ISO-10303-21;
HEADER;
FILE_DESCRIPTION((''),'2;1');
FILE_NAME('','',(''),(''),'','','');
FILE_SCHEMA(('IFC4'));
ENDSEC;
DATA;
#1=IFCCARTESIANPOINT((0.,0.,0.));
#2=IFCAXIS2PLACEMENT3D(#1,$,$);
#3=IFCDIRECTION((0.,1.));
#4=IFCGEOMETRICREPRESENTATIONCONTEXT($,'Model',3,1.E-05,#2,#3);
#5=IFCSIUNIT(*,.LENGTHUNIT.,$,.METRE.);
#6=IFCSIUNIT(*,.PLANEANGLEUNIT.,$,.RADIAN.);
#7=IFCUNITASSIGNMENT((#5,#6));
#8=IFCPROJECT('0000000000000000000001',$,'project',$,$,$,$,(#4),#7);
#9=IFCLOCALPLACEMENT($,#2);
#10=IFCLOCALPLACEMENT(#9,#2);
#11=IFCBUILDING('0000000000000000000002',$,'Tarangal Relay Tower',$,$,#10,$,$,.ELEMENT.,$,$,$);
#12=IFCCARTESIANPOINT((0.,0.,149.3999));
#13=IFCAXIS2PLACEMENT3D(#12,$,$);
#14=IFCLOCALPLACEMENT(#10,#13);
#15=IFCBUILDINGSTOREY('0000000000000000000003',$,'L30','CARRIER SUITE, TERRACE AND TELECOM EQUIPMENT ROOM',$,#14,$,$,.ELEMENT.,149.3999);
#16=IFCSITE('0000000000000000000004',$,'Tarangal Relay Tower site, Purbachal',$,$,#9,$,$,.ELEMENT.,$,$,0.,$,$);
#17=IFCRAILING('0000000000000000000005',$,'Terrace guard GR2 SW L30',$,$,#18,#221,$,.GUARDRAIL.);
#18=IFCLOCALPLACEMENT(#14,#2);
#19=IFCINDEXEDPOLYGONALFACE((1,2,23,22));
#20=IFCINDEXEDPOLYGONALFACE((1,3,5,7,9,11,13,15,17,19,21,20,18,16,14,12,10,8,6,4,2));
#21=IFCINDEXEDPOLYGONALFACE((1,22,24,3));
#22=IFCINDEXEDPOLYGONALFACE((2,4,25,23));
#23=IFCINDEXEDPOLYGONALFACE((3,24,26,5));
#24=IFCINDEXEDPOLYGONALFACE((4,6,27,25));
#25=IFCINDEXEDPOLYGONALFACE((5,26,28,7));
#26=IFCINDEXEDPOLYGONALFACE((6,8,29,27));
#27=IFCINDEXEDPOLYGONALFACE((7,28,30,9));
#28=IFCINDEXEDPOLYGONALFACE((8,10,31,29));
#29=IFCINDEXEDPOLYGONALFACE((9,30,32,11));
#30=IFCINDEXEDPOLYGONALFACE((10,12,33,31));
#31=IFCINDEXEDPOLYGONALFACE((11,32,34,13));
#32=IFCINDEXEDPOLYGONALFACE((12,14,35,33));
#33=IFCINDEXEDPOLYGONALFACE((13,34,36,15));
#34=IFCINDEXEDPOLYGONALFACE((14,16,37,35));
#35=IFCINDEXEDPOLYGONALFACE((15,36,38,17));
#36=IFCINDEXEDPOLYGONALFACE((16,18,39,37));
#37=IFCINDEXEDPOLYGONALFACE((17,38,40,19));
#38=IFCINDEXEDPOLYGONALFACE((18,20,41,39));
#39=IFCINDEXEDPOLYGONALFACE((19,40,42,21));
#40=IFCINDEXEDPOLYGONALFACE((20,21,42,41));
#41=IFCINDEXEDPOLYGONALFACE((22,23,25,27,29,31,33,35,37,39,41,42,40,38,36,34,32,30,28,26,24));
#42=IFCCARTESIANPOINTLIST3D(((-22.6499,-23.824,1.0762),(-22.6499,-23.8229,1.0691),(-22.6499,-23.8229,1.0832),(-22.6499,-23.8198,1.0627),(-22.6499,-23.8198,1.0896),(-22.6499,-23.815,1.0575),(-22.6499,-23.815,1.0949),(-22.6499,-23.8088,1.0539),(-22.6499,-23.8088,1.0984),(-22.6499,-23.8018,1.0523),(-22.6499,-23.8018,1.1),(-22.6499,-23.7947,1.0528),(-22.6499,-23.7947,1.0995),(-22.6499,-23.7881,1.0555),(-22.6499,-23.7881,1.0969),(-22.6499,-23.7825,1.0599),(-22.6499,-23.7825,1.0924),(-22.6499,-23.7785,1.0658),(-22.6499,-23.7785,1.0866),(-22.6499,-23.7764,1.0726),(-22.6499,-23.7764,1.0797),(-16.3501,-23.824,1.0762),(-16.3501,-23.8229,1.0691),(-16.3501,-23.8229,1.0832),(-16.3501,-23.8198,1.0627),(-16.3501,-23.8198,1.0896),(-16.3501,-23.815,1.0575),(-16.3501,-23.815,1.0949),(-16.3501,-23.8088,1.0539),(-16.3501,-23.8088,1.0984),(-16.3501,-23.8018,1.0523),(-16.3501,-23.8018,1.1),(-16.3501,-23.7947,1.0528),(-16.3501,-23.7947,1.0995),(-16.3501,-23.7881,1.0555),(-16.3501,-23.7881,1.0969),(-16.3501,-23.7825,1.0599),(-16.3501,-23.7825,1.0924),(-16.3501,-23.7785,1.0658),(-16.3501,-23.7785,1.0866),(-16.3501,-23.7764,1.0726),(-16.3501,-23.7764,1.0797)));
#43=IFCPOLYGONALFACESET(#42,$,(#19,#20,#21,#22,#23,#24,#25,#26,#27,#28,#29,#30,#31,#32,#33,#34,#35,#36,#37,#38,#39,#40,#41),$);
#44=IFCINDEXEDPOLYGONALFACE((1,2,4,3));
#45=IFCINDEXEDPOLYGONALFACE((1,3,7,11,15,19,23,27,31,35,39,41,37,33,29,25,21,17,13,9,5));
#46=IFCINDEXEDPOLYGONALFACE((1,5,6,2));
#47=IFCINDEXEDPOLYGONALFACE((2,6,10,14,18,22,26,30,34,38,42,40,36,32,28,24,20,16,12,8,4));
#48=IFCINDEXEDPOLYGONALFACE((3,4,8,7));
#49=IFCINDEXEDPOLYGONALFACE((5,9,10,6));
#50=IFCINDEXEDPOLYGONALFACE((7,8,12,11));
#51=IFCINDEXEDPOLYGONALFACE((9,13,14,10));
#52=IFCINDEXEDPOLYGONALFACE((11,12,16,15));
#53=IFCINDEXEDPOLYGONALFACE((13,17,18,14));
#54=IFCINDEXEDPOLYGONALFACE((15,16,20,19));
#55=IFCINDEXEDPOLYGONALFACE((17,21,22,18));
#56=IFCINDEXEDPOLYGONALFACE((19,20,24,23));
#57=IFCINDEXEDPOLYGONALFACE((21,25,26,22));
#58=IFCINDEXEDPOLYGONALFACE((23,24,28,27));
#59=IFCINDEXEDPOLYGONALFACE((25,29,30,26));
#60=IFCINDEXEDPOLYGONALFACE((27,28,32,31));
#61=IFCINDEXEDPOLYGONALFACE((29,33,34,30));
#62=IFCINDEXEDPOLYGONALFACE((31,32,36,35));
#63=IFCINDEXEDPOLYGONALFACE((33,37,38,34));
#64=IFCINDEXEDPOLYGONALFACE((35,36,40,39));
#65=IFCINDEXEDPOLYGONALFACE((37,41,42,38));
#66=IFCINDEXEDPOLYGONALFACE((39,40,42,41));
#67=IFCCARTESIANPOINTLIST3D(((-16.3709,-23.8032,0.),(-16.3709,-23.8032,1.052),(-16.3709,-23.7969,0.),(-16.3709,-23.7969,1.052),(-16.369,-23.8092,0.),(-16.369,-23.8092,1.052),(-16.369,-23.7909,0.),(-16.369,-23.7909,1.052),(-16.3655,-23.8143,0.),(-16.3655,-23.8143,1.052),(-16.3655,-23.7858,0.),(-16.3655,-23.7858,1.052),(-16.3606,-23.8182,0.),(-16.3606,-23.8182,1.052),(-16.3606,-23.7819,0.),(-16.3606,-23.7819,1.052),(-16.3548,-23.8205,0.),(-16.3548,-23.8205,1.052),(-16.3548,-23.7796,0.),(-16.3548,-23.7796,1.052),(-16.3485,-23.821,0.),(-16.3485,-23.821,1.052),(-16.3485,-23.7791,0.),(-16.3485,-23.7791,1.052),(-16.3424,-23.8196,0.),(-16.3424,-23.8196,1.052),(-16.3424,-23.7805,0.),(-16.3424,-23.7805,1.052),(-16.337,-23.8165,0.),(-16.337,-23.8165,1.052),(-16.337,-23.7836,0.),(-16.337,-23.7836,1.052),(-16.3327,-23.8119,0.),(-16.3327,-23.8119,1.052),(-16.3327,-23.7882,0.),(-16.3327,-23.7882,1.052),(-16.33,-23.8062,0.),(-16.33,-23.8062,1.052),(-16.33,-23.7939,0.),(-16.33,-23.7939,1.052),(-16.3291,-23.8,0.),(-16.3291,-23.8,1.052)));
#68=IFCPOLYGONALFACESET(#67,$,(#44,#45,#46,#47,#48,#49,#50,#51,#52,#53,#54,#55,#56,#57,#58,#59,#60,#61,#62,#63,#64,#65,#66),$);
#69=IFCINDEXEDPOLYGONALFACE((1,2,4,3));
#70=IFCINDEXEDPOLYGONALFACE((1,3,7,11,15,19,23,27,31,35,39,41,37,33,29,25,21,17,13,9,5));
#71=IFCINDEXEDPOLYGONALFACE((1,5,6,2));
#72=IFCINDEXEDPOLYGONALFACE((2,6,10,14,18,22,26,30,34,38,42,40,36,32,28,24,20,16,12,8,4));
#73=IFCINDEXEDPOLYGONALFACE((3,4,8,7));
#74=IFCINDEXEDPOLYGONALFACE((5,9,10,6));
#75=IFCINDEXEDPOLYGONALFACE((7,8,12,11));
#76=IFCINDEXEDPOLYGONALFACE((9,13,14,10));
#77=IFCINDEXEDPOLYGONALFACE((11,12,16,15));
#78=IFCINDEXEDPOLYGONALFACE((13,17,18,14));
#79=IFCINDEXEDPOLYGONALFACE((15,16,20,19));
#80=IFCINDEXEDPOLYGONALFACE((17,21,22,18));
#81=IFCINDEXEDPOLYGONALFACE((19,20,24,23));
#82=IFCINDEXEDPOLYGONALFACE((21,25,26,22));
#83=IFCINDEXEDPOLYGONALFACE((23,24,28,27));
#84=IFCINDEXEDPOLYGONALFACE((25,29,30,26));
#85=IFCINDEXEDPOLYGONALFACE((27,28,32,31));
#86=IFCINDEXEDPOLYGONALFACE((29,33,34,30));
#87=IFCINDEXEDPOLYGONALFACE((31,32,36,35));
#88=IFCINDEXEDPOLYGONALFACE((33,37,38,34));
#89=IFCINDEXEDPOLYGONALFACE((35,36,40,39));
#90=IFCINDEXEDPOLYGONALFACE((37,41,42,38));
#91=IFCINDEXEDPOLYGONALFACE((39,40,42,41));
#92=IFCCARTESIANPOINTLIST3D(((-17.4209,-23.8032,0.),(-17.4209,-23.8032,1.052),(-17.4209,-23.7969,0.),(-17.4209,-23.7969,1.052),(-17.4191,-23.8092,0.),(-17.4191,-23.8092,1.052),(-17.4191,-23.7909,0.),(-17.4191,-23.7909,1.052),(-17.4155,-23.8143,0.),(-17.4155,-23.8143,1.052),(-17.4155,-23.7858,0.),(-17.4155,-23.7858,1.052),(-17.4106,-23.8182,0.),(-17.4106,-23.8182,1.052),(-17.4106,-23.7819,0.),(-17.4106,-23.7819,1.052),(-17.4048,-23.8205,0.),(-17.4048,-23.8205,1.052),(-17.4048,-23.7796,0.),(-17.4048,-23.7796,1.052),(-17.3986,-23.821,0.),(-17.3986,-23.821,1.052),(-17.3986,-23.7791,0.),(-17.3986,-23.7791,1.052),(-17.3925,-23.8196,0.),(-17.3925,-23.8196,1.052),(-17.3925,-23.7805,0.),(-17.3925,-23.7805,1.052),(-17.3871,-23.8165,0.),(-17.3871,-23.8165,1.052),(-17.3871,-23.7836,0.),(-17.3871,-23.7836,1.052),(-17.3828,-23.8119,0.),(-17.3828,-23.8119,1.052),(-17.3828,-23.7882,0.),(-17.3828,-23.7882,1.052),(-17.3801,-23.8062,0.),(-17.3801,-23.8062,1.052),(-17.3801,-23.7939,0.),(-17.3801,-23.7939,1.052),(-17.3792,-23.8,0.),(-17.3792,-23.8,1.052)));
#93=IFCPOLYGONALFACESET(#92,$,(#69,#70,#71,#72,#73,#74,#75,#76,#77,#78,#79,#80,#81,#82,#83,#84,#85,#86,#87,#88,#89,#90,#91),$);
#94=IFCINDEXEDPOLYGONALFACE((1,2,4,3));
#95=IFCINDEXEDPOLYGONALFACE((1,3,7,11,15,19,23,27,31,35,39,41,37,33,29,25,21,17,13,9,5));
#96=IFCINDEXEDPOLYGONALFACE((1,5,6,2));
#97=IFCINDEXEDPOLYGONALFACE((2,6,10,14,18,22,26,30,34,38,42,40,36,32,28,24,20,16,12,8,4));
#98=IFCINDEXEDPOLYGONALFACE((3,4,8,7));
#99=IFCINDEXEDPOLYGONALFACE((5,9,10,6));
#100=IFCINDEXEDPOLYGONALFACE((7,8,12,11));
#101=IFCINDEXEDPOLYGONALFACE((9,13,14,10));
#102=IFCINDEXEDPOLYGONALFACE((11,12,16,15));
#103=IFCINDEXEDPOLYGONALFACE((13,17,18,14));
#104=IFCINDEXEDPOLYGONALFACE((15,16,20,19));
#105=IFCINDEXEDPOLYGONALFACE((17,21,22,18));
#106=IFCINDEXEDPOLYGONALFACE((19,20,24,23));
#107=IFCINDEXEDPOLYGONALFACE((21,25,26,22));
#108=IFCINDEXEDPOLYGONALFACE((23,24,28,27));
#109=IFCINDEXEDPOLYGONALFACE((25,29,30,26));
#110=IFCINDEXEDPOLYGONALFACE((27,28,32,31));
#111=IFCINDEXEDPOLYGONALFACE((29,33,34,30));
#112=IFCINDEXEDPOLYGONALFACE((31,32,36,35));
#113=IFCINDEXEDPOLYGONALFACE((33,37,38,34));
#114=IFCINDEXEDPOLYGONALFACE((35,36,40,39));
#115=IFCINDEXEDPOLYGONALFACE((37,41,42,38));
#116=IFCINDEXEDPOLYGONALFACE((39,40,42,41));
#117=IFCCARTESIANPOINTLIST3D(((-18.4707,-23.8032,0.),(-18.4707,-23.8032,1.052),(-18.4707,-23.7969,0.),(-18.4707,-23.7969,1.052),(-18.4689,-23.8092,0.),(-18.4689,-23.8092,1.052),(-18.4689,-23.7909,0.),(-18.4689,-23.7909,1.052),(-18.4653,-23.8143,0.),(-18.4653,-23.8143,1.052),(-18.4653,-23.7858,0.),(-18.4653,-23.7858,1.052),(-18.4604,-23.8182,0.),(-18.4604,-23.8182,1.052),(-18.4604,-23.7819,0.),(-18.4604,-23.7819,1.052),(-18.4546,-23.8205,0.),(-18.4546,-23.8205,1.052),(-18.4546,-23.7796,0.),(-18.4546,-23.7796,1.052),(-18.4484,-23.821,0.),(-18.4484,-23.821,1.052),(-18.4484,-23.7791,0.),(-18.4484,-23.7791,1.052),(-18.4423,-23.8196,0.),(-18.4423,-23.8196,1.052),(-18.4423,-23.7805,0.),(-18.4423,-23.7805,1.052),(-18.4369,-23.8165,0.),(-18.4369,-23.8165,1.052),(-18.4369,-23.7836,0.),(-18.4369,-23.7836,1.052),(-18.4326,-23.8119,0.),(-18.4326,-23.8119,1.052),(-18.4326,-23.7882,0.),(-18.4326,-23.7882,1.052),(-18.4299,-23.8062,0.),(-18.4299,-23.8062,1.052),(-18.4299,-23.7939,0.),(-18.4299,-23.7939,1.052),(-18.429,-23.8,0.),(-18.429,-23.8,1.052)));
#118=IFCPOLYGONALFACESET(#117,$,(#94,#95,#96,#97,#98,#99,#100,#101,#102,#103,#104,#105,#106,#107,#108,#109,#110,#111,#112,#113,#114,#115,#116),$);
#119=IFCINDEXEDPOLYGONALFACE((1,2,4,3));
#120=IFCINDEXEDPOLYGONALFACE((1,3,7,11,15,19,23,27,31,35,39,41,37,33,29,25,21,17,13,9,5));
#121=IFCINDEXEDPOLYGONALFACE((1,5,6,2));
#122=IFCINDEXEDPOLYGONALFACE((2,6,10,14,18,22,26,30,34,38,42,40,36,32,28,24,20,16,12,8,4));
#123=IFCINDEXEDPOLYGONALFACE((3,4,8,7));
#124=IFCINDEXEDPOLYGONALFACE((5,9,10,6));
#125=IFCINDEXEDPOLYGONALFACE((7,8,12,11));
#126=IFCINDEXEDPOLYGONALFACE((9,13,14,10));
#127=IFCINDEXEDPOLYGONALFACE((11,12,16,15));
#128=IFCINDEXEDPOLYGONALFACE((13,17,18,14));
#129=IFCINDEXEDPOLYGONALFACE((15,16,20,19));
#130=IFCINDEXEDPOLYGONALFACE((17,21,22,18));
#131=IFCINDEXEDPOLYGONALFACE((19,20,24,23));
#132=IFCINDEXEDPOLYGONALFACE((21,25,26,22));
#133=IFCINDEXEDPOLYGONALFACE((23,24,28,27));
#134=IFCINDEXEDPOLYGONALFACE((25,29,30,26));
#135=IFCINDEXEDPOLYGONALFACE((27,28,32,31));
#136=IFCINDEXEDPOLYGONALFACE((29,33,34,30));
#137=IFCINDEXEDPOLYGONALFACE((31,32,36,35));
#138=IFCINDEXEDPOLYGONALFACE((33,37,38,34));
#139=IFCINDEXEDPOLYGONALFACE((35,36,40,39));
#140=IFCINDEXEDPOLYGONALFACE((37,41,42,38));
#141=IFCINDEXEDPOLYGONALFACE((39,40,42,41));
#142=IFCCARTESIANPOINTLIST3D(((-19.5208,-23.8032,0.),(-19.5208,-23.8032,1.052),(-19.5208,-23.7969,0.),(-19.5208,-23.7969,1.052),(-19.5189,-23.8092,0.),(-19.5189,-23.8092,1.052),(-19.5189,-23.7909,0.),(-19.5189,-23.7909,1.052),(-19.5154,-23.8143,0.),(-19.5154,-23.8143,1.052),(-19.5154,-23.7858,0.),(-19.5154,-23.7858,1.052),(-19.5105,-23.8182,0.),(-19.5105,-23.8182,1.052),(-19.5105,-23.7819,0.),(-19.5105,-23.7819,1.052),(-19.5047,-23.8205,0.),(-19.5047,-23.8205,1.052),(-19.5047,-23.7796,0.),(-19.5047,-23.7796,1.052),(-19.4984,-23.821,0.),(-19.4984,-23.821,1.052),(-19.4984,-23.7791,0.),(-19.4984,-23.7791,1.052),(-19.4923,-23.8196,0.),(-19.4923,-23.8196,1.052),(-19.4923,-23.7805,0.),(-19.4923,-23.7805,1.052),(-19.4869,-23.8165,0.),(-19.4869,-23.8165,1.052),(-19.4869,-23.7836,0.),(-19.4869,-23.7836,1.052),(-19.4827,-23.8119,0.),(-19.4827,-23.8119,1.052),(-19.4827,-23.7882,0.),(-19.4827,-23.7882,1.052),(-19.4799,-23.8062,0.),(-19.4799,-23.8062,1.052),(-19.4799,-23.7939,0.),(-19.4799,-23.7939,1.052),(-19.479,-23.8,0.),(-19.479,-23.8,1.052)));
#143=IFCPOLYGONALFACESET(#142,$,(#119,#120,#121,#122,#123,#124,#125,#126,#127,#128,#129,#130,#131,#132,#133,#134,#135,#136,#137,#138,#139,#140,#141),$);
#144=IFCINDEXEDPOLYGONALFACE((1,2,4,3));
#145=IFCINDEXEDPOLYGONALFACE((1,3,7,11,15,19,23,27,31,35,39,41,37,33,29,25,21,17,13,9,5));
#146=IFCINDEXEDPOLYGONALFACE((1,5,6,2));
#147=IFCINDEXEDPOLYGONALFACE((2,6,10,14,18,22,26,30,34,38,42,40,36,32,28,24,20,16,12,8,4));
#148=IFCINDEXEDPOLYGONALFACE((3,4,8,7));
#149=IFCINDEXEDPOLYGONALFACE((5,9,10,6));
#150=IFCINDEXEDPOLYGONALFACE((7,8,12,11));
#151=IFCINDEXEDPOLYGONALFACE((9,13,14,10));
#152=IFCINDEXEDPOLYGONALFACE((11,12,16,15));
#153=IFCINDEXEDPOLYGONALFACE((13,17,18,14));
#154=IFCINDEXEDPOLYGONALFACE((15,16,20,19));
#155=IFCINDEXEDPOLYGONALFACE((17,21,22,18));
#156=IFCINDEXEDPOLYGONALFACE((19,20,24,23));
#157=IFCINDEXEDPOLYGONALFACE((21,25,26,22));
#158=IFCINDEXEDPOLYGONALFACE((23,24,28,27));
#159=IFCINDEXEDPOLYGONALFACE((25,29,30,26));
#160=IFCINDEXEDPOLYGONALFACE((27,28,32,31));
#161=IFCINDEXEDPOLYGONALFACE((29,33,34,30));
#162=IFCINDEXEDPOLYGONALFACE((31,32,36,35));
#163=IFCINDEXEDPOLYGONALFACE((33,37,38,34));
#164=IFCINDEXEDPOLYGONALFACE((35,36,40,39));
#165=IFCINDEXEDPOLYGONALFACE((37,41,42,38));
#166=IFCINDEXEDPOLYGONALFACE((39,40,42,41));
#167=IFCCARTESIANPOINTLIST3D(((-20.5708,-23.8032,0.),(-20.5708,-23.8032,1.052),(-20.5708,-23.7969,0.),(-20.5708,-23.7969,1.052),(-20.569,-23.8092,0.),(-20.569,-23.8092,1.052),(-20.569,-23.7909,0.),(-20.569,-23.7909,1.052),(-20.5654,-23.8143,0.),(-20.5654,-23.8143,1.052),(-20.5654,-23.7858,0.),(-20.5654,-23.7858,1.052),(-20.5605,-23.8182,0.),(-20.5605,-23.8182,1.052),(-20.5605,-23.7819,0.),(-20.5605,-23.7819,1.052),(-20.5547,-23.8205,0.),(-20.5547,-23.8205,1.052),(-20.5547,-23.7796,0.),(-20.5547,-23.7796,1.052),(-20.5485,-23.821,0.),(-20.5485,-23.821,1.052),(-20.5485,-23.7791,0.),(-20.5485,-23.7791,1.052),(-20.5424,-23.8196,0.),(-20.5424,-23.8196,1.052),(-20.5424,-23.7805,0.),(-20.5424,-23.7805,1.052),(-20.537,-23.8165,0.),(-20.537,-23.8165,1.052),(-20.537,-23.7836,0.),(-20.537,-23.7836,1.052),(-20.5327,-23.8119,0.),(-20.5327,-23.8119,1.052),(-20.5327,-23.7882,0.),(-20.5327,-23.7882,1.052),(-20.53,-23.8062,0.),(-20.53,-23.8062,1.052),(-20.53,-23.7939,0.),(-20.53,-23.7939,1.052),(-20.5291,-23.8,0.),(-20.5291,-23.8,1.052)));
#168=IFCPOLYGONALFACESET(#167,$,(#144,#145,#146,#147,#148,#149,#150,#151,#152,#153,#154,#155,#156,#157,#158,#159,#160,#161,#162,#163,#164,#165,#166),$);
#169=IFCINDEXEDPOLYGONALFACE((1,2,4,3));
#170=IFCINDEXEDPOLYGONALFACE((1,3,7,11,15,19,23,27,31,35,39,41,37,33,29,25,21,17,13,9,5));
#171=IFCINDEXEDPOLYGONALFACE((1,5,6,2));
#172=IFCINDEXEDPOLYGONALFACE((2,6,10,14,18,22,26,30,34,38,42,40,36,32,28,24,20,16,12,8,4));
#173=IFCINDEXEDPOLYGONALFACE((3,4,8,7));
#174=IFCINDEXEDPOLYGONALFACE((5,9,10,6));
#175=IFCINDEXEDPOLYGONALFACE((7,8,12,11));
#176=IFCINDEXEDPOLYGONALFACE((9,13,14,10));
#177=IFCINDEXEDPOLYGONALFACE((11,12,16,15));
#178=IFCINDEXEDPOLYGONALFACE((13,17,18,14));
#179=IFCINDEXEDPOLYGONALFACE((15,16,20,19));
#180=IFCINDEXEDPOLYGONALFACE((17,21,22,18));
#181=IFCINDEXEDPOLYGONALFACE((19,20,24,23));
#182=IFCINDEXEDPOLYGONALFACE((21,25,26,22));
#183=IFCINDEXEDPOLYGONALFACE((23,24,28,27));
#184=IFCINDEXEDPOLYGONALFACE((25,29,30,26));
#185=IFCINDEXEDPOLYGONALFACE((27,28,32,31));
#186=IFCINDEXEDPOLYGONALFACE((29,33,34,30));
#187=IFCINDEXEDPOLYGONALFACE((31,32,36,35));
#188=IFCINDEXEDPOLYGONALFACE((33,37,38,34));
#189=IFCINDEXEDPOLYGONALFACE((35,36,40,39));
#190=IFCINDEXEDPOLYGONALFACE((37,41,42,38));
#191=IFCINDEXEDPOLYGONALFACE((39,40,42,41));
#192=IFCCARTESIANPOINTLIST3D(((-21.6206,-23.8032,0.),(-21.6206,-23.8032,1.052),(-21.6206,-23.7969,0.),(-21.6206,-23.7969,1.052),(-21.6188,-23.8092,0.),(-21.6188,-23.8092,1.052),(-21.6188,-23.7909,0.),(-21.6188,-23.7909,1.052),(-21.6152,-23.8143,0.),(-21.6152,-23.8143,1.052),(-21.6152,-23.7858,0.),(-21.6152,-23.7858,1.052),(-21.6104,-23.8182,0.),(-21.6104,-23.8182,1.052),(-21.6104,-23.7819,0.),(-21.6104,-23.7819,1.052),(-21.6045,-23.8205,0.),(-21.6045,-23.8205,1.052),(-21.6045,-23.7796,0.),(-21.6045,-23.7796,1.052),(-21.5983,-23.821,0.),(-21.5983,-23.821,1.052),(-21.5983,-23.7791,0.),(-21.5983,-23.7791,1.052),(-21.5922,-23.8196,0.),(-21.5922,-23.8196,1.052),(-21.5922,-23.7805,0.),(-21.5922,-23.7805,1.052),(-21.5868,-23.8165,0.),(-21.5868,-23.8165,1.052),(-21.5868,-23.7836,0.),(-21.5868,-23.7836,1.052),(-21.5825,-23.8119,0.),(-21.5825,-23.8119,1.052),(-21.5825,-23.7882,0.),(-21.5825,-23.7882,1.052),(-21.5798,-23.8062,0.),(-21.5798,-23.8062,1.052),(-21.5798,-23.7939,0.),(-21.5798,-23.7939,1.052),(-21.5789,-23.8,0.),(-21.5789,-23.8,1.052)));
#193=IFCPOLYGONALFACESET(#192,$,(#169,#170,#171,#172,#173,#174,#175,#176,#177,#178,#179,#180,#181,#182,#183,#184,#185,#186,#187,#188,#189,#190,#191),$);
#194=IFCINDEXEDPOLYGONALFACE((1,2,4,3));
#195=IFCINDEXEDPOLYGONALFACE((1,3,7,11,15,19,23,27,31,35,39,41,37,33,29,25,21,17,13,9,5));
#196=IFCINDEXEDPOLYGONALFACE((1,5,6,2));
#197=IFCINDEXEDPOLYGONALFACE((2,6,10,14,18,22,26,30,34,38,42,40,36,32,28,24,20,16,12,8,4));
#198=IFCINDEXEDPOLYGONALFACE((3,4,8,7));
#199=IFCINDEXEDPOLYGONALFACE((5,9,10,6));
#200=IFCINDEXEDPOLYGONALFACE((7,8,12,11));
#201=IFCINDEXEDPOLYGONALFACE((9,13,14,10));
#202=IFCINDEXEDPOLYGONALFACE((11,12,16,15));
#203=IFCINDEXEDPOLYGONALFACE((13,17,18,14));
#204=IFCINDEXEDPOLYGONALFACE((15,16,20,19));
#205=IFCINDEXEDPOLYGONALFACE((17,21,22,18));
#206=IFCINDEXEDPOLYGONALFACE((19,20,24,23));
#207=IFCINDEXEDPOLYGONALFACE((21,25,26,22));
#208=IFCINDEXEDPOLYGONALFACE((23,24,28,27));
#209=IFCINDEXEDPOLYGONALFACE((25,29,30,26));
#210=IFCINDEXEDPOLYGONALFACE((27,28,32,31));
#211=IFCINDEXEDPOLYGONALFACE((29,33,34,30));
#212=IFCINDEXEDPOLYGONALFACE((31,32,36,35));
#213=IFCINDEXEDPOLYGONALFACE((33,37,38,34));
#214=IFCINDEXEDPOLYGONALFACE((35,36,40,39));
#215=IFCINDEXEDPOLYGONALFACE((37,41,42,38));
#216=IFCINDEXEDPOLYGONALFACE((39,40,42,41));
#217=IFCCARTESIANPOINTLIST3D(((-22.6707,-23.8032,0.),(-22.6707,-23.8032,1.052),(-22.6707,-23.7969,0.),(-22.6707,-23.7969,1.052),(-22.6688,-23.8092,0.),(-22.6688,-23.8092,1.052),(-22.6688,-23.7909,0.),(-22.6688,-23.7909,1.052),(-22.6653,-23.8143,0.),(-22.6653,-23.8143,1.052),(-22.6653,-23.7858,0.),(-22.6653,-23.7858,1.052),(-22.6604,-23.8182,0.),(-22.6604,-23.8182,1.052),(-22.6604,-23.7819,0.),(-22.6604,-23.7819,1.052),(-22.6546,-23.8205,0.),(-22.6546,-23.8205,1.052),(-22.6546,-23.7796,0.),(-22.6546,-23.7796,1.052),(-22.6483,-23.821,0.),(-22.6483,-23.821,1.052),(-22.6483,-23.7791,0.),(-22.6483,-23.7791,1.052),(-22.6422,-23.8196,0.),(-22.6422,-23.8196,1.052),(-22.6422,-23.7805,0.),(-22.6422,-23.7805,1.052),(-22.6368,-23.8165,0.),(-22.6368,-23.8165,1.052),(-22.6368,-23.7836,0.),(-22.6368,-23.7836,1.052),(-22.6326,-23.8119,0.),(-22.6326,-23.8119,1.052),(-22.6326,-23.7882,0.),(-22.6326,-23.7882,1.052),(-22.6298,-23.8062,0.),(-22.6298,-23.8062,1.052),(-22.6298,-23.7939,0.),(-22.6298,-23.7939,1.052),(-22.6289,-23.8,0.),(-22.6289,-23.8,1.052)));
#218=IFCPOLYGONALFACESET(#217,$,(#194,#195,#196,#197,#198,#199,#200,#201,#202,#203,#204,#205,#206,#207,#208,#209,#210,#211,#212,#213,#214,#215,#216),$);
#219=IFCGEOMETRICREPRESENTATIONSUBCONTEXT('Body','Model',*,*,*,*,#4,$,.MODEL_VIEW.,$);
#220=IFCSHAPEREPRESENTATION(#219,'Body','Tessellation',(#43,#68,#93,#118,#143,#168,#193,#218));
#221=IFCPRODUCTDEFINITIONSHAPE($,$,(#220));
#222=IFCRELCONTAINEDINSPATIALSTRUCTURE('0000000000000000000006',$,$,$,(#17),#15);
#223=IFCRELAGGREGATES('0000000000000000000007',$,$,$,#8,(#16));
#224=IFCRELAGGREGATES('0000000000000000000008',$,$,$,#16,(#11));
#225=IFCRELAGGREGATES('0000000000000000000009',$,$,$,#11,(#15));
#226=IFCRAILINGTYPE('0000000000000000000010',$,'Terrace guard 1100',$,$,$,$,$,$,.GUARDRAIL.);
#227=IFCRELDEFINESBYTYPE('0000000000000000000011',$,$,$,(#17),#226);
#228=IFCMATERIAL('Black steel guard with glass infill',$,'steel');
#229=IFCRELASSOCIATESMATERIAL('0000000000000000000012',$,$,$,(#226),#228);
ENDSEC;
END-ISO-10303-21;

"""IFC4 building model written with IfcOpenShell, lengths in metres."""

from ifc_helpers import new_model, si_unit, direction, frame, origin, origin_2d, place, context, subcontext, project, spatial, circle, extrude, material, type_object, element, save


model = new_model("IFC4")

# Units and contexts
model_context = context("Model", 3, precision=1e-05, world=origin(), true_north=direction((0.0, 1.0)))
body_context = subcontext(model_context, "Body", "Model", "MODEL_VIEW")
ifc_project = project(units=[si_unit("LENGTHUNIT", "METRE"), si_unit("PLANEANGLEUNIT", "RADIAN")], contexts=[model_context])

# Site, building, storey
site_placement = place(None, origin())
site = spatial("IfcSite", under=ifc_project, at=site_placement, Name="Tarangal Relay Tower site, Purbachal", CompositionType="ELEMENT", RefElevation=0.0)
building_placement = place(site_placement, origin())
building = spatial("IfcBuilding", under=site, at=building_placement, Name="Tarangal Relay Tower", CompositionType="ELEMENT")
storey_placement = place(building_placement, frame((0.0, 0.0, 149.3999)))
storey = spatial("IfcBuildingStorey", under=building, at=storey_placement, Name="L30", Description="CARRIER SUITE, TERRACE AND TELECOM EQUIPMENT ROOM", CompositionType="ELEMENT", Elevation=149.3999)

# Railing
ifc_material_1 = material(Name="Black steel guard with glass infill", Category="steel")
railing_type = type_object("IfcRailingType", Name="Terrace guard 1100", PredefinedType="GUARDRAIL", material=ifc_material_1)
railing_1_placement = place(storey_placement, frame((-16.3501, -23.8, 0.0)))
element("IfcRailing", 1, at=railing_1_placement, inside=storey, type_object=railing_type, Name="Terrace guard GR2 SW L30", PredefinedType="GUARDRAIL", context=body_context, shape_type="SweptSolid", body=[
    extrude(circle(Radius=0.0239, at=origin_2d()), frame((0.0, 0.0, 1.0762), z_axis=(-1.0, 0.0, 0.0), x_axis=(0.0, -1.0, 0.0)), (0.0, 0.0, 1.0), 6.2998),
    extrude(circle(Radius=0.021, at=origin_2d()), origin(), (0.0, 0.0, 1.0), 1.052),
    extrude(circle(Radius=0.021, at=origin_2d()), frame((-1.05, 0.0, 0.0)), (0.0, 0.0, 1.0), 1.052),
    extrude(circle(Radius=0.021, at=origin_2d()), frame((-2.0999, 0.0, 0.0)), (0.0, 0.0, 1.0), 1.052),
    extrude(circle(Radius=0.021, at=origin_2d()), frame((-3.1499, 0.0, 0.0)), (0.0, 0.0, 1.0), 1.052),
    extrude(circle(Radius=0.021, at=origin_2d()), frame((-4.2, 0.0, 0.0)), (0.0, 0.0, 1.0), 1.052),
    extrude(circle(Radius=0.021, at=origin_2d()), frame((-5.2498, 0.0, 0.0)), (0.0, 0.0, 1.0), 1.052),
    extrude(circle(Radius=0.021, at=origin_2d()), frame((-6.2998, 0.0, 0.0)), (0.0, 0.0, 1.0), 1.052),
])

save(model, "model.ifc")
